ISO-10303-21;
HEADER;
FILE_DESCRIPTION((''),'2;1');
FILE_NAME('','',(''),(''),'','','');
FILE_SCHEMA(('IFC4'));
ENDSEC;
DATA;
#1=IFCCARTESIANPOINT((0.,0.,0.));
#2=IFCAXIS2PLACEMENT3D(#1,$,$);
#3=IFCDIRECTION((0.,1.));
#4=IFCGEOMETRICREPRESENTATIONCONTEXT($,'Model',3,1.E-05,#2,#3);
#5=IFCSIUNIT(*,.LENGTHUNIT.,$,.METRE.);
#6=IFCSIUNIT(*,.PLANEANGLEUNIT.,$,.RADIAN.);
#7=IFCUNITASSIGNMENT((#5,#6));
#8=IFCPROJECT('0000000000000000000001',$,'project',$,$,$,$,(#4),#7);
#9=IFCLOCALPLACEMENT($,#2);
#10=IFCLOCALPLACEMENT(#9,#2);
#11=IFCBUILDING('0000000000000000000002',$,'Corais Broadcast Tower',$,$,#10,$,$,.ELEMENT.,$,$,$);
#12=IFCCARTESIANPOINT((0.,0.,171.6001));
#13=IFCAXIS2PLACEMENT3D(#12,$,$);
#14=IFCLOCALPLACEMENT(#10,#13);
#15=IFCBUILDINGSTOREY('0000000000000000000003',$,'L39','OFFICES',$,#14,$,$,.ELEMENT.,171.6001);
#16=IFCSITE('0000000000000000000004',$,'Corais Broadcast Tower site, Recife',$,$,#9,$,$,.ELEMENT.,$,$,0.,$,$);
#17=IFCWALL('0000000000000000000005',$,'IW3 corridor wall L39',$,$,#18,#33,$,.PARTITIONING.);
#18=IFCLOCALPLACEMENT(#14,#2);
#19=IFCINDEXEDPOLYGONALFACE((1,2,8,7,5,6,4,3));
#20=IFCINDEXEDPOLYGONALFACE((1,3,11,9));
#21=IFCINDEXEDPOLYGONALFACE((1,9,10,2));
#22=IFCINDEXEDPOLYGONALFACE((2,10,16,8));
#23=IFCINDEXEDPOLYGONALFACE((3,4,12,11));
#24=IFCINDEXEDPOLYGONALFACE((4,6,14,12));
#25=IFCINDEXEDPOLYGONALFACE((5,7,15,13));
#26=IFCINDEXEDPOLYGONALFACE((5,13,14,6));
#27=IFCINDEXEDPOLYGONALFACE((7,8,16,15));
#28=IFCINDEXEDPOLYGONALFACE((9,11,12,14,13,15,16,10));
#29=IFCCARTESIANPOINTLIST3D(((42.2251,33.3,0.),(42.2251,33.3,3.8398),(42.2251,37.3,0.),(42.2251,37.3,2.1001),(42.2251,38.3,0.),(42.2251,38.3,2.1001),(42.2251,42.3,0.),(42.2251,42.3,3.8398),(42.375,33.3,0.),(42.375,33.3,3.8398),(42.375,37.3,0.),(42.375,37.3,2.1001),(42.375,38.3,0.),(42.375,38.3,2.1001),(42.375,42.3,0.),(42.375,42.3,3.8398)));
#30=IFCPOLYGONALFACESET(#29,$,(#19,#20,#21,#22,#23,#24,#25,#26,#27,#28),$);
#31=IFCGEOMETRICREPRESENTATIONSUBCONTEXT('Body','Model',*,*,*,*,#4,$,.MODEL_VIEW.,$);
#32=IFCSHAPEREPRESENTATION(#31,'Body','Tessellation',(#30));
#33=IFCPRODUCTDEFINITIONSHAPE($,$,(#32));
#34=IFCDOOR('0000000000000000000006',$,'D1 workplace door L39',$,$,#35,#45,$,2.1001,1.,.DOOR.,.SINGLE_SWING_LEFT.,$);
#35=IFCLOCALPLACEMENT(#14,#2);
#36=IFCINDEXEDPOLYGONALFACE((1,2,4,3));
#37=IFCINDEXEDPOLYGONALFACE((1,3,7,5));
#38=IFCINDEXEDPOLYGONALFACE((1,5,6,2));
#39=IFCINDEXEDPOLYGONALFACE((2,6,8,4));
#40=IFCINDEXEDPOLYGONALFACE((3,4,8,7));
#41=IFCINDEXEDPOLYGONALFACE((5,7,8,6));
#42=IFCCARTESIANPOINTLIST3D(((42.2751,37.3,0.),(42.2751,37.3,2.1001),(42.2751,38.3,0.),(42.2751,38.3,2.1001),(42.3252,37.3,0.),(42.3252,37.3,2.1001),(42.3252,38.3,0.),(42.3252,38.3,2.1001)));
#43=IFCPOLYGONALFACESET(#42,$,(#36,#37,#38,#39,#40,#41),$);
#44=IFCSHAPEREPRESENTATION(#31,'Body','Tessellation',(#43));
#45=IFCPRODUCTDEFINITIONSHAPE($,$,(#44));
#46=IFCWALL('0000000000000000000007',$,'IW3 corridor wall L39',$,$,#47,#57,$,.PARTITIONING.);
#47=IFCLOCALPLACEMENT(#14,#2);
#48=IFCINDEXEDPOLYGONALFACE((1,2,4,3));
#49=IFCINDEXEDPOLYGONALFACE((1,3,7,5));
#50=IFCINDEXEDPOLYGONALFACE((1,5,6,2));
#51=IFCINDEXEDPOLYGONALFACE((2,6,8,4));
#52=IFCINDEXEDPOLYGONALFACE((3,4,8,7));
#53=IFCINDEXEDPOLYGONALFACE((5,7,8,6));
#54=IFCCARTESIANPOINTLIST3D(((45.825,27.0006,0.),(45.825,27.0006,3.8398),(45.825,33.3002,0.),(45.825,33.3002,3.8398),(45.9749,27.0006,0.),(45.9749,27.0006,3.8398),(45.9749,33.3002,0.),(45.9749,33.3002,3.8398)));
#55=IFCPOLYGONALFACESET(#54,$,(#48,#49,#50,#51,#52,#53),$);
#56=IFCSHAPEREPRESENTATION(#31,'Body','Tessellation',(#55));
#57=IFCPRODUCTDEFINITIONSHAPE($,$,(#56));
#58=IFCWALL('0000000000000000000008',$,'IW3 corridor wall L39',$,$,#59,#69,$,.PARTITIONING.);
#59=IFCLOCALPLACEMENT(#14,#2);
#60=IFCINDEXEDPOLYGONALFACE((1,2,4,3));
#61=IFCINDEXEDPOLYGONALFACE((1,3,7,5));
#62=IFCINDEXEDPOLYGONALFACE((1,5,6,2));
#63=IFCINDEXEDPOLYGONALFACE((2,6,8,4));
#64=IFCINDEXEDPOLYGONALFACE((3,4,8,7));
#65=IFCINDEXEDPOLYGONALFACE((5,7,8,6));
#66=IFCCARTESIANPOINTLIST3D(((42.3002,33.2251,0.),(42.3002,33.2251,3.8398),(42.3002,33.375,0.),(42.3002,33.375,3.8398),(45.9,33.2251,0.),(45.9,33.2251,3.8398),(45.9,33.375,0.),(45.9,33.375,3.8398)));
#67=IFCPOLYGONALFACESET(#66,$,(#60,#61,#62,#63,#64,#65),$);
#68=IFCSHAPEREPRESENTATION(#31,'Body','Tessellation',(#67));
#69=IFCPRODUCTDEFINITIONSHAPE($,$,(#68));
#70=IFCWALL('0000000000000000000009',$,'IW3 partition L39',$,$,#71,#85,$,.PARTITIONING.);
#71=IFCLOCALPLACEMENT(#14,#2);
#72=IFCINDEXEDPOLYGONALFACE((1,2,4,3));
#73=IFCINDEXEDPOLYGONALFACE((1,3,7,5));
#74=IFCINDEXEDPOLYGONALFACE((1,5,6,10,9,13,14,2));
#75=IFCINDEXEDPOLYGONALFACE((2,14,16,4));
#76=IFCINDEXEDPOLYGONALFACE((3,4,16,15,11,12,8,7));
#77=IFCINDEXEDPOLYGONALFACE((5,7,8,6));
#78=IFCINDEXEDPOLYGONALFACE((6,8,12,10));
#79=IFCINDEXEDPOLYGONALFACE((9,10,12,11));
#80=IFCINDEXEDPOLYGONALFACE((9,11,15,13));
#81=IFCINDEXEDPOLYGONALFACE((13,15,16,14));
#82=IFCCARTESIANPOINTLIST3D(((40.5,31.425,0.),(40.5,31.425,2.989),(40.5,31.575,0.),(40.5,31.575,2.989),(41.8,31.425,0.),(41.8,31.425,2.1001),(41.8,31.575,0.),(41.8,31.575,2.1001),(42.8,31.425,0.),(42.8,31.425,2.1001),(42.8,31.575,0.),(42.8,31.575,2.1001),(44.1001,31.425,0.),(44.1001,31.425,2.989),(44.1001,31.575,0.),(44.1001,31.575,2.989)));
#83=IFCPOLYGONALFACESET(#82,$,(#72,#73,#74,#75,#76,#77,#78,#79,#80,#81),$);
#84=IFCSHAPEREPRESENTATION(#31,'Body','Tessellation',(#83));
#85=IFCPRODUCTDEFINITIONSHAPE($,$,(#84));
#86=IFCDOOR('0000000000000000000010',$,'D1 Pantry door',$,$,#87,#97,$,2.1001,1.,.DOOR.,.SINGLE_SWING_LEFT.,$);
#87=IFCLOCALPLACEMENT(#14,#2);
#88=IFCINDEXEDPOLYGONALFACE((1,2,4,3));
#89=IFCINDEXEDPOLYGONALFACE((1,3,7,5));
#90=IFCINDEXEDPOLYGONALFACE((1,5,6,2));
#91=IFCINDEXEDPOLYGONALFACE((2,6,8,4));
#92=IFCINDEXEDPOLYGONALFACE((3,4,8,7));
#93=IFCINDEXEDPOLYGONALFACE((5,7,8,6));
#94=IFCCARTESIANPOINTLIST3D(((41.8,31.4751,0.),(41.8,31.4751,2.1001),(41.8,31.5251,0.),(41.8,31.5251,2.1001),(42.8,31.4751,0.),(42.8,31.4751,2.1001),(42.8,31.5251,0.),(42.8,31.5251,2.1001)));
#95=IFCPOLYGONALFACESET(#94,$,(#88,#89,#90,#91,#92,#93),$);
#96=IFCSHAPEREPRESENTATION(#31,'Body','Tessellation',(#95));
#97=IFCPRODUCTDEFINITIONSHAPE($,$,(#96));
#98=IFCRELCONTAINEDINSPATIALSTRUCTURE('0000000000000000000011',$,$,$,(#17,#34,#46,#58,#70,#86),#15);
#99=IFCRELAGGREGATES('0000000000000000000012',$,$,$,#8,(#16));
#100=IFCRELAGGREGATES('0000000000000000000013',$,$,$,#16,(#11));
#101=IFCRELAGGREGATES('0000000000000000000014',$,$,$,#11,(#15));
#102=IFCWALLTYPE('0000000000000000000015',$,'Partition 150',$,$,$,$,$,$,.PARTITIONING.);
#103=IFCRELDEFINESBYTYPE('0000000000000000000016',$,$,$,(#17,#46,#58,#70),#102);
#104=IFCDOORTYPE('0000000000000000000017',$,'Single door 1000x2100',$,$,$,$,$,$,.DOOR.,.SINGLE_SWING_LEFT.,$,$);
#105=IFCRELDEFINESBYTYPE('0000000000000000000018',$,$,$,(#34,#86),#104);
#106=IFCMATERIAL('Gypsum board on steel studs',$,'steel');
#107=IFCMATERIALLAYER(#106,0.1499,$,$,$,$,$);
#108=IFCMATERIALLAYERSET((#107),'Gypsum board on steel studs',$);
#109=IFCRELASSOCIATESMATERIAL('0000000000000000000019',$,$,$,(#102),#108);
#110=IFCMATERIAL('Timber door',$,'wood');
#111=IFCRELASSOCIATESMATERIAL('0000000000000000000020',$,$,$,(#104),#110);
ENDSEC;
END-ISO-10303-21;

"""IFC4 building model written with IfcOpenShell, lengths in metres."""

from ifc_helpers import new_model, si_unit, direction, frame, frame_2d, origin, place, context, subcontext, project, spatial, rectangle, extrude, material, layer, layer_set, type_object, element, fill, save


model = new_model("IFC4")

# Units and contexts
model_context = context("Model", 3, precision=1e-05, world=origin(), true_north=direction((0.0, 1.0)))
body_context = subcontext(model_context, "Body", "Model", "MODEL_VIEW")
ifc_project = project(units=[si_unit("LENGTHUNIT", "METRE"), si_unit("PLANEANGLEUNIT", "RADIAN")], contexts=[model_context])

# Site, building, storey
site_placement = place(None, origin())
site = spatial("IfcSite", under=ifc_project, at=site_placement, Name="Corais Broadcast Tower site, Recife", CompositionType="ELEMENT", RefElevation=0.0)
building_placement = place(site_placement, origin())
building = spatial("IfcBuilding", under=site, at=building_placement, Name="Corais Broadcast Tower", CompositionType="ELEMENT")
storey_placement = place(building_placement, frame((0.0, 0.0, 171.6001)))
storey = spatial("IfcBuildingStorey", under=building, at=storey_placement, Name="L39", Description="OFFICES", CompositionType="ELEMENT", Elevation=171.6001)

# Wall, opening, door
ifc_material_1 = material(Name="Gypsum board on steel studs", Category="steel")
ifc_layer_1 = layer(ifc_material_1, 0.1499)
ifc_layer_set_1 = layer_set([ifc_layer_1], Name="Gypsum board on steel studs")
wall_type = type_object("IfcWallType", Name="Partition 150", PredefinedType="PARTITIONING", material=ifc_layer_set_1)
wall_1_placement = place(storey_placement, frame((42.3, 33.3, 0.0), z_axis=(0.0, 0.0, 1.0), x_axis=(0.0, 1.0, 0.0)))
wall_1 = element("IfcWall", 1, at=wall_1_placement, inside=storey, type_object=wall_type, Name="IW3 corridor wall L39", PredefinedType="PARTITIONING", context=body_context, shape_type="SweptSolid", body=[
    extrude(rectangle(XDim=9.0, YDim=0.1499, at=frame_2d((4.5, 0.0))), origin(), (0.0, 0.0, 1.0), 3.8398),
])
opening_1_placement = place(wall_1_placement, frame((4.0, 0.0, 0.0)))
opening_1 = element("IfcOpeningElement", 2, at=opening_1_placement, cuts=wall_1, PredefinedType="OPENING", context=body_context, shape_type="SweptSolid", body=[
    extrude(rectangle(XDim=1.0, YDim=2.1001, at=frame_2d((0.5, 1.05))), frame((0.0, 0.085, 0.0), z_axis=(0.0, -1.0, 0.0), x_axis=(1.0, 0.0, 0.0)), (0.0, 0.0, 1.0), 0.1699),
])
ifc_material_2 = material(Name="Timber door", Category="wood")
door_type = type_object("IfcDoorType", Name="Single door 1000x2100", OperationType="SINGLE_SWING_LEFT", PredefinedType="DOOR", material=ifc_material_2)
door_1_placement = place(opening_1_placement, origin())
door_1 = element("IfcDoor", 3, at=door_1_placement, inside=storey, type_object=door_type, Name="D1 workplace door L39", OperationType="SINGLE_SWING_LEFT", OverallHeight=2.1001, OverallWidth=1.0, PredefinedType="DOOR", context=body_context, shape_type="SweptSolid", body=[
    extrude(rectangle(XDim=1.0, YDim=2.1001, at=frame_2d((0.5, 1.05))), frame((0.0, 0.0249, 0.0), z_axis=(0.0, -1.0, 0.0), x_axis=(1.0, 0.0, 0.0)), (0.0, 0.0, 1.0), 0.05),
])
fill(opening_1, door_1)

# Walls
wall_2_placement = place(storey_placement, frame((45.8999, 27.0005, 0.0), z_axis=(0.0, 0.0, 1.0), x_axis=(0.0, 1.0, 0.0)))
element("IfcWall", 4, at=wall_2_placement, inside=storey, type_object=wall_type, Name="IW3 corridor wall L39", PredefinedType="PARTITIONING", context=body_context, shape_type="SweptSolid", body=[
    extrude(rectangle(XDim=6.2996, YDim=0.1499, at=frame_2d((3.1499, 0.0))), origin(), (0.0, 0.0, 1.0), 3.8398),
])
wall_3_placement = place(storey_placement, frame((45.8999, 33.3, 0.0), z_axis=(0.0, 0.0, 1.0), x_axis=(-1.0, 0.0, 0.0)))
element("IfcWall", 5, at=wall_3_placement, inside=storey, type_object=wall_type, Name="IW3 corridor wall L39", PredefinedType="PARTITIONING", context=body_context, shape_type="SweptSolid", body=[
    extrude(rectangle(XDim=3.5999, YDim=0.1499, at=frame_2d((1.7998, 0.0))), origin(), (0.0, 0.0, 1.0), 3.8398),
])

# Wall, opening, door
wall_4_placement = place(storey_placement, frame((44.1001, 31.5, 0.0), z_axis=(0.0, 0.0, 1.0), x_axis=(-1.0, 0.0, 0.0)))
wall_4 = element("IfcWall", 6, at=wall_4_placement, inside=storey, type_object=wall_type, Name="IW3 partition L39", PredefinedType="PARTITIONING", context=body_context, shape_type="SweptSolid", body=[
    extrude(rectangle(XDim=3.6001, YDim=0.1499, at=frame_2d((1.8, 0.0))), origin(), (0.0, 0.0, 1.0), 2.989),
])
opening_2_placement = place(wall_4_placement, frame((1.3, 0.0, 0.0)))
opening_2 = element("IfcOpeningElement", 7, at=opening_2_placement, cuts=wall_4, PredefinedType="OPENING", context=body_context, shape_type="SweptSolid", body=[
    extrude(rectangle(XDim=1.0, YDim=2.1001, at=frame_2d((0.5, 1.05))), frame((0.0, 0.085, 0.0), z_axis=(0.0, -1.0, 0.0), x_axis=(1.0, 0.0, 0.0)), (0.0, 0.0, 1.0), 0.1699),
])
door_2_placement = place(opening_2_placement, origin())
door_2 = element("IfcDoor", 8, at=door_2_placement, inside=storey, type_object=door_type, Name="D1 Pantry door", OperationType="SINGLE_SWING_LEFT", OverallHeight=2.1001, OverallWidth=1.0, PredefinedType="DOOR", context=body_context, shape_type="SweptSolid", body=[
    extrude(rectangle(XDim=1.0, YDim=2.1001, at=frame_2d((0.5, 1.05))), frame((0.0, 0.0249, 0.0), z_axis=(0.0, -1.0, 0.0), x_axis=(1.0, 0.0, 0.0)), (0.0, 0.0, 1.0), 0.05),
])
fill(opening_2, door_2)

save(model, "model.ifc")
